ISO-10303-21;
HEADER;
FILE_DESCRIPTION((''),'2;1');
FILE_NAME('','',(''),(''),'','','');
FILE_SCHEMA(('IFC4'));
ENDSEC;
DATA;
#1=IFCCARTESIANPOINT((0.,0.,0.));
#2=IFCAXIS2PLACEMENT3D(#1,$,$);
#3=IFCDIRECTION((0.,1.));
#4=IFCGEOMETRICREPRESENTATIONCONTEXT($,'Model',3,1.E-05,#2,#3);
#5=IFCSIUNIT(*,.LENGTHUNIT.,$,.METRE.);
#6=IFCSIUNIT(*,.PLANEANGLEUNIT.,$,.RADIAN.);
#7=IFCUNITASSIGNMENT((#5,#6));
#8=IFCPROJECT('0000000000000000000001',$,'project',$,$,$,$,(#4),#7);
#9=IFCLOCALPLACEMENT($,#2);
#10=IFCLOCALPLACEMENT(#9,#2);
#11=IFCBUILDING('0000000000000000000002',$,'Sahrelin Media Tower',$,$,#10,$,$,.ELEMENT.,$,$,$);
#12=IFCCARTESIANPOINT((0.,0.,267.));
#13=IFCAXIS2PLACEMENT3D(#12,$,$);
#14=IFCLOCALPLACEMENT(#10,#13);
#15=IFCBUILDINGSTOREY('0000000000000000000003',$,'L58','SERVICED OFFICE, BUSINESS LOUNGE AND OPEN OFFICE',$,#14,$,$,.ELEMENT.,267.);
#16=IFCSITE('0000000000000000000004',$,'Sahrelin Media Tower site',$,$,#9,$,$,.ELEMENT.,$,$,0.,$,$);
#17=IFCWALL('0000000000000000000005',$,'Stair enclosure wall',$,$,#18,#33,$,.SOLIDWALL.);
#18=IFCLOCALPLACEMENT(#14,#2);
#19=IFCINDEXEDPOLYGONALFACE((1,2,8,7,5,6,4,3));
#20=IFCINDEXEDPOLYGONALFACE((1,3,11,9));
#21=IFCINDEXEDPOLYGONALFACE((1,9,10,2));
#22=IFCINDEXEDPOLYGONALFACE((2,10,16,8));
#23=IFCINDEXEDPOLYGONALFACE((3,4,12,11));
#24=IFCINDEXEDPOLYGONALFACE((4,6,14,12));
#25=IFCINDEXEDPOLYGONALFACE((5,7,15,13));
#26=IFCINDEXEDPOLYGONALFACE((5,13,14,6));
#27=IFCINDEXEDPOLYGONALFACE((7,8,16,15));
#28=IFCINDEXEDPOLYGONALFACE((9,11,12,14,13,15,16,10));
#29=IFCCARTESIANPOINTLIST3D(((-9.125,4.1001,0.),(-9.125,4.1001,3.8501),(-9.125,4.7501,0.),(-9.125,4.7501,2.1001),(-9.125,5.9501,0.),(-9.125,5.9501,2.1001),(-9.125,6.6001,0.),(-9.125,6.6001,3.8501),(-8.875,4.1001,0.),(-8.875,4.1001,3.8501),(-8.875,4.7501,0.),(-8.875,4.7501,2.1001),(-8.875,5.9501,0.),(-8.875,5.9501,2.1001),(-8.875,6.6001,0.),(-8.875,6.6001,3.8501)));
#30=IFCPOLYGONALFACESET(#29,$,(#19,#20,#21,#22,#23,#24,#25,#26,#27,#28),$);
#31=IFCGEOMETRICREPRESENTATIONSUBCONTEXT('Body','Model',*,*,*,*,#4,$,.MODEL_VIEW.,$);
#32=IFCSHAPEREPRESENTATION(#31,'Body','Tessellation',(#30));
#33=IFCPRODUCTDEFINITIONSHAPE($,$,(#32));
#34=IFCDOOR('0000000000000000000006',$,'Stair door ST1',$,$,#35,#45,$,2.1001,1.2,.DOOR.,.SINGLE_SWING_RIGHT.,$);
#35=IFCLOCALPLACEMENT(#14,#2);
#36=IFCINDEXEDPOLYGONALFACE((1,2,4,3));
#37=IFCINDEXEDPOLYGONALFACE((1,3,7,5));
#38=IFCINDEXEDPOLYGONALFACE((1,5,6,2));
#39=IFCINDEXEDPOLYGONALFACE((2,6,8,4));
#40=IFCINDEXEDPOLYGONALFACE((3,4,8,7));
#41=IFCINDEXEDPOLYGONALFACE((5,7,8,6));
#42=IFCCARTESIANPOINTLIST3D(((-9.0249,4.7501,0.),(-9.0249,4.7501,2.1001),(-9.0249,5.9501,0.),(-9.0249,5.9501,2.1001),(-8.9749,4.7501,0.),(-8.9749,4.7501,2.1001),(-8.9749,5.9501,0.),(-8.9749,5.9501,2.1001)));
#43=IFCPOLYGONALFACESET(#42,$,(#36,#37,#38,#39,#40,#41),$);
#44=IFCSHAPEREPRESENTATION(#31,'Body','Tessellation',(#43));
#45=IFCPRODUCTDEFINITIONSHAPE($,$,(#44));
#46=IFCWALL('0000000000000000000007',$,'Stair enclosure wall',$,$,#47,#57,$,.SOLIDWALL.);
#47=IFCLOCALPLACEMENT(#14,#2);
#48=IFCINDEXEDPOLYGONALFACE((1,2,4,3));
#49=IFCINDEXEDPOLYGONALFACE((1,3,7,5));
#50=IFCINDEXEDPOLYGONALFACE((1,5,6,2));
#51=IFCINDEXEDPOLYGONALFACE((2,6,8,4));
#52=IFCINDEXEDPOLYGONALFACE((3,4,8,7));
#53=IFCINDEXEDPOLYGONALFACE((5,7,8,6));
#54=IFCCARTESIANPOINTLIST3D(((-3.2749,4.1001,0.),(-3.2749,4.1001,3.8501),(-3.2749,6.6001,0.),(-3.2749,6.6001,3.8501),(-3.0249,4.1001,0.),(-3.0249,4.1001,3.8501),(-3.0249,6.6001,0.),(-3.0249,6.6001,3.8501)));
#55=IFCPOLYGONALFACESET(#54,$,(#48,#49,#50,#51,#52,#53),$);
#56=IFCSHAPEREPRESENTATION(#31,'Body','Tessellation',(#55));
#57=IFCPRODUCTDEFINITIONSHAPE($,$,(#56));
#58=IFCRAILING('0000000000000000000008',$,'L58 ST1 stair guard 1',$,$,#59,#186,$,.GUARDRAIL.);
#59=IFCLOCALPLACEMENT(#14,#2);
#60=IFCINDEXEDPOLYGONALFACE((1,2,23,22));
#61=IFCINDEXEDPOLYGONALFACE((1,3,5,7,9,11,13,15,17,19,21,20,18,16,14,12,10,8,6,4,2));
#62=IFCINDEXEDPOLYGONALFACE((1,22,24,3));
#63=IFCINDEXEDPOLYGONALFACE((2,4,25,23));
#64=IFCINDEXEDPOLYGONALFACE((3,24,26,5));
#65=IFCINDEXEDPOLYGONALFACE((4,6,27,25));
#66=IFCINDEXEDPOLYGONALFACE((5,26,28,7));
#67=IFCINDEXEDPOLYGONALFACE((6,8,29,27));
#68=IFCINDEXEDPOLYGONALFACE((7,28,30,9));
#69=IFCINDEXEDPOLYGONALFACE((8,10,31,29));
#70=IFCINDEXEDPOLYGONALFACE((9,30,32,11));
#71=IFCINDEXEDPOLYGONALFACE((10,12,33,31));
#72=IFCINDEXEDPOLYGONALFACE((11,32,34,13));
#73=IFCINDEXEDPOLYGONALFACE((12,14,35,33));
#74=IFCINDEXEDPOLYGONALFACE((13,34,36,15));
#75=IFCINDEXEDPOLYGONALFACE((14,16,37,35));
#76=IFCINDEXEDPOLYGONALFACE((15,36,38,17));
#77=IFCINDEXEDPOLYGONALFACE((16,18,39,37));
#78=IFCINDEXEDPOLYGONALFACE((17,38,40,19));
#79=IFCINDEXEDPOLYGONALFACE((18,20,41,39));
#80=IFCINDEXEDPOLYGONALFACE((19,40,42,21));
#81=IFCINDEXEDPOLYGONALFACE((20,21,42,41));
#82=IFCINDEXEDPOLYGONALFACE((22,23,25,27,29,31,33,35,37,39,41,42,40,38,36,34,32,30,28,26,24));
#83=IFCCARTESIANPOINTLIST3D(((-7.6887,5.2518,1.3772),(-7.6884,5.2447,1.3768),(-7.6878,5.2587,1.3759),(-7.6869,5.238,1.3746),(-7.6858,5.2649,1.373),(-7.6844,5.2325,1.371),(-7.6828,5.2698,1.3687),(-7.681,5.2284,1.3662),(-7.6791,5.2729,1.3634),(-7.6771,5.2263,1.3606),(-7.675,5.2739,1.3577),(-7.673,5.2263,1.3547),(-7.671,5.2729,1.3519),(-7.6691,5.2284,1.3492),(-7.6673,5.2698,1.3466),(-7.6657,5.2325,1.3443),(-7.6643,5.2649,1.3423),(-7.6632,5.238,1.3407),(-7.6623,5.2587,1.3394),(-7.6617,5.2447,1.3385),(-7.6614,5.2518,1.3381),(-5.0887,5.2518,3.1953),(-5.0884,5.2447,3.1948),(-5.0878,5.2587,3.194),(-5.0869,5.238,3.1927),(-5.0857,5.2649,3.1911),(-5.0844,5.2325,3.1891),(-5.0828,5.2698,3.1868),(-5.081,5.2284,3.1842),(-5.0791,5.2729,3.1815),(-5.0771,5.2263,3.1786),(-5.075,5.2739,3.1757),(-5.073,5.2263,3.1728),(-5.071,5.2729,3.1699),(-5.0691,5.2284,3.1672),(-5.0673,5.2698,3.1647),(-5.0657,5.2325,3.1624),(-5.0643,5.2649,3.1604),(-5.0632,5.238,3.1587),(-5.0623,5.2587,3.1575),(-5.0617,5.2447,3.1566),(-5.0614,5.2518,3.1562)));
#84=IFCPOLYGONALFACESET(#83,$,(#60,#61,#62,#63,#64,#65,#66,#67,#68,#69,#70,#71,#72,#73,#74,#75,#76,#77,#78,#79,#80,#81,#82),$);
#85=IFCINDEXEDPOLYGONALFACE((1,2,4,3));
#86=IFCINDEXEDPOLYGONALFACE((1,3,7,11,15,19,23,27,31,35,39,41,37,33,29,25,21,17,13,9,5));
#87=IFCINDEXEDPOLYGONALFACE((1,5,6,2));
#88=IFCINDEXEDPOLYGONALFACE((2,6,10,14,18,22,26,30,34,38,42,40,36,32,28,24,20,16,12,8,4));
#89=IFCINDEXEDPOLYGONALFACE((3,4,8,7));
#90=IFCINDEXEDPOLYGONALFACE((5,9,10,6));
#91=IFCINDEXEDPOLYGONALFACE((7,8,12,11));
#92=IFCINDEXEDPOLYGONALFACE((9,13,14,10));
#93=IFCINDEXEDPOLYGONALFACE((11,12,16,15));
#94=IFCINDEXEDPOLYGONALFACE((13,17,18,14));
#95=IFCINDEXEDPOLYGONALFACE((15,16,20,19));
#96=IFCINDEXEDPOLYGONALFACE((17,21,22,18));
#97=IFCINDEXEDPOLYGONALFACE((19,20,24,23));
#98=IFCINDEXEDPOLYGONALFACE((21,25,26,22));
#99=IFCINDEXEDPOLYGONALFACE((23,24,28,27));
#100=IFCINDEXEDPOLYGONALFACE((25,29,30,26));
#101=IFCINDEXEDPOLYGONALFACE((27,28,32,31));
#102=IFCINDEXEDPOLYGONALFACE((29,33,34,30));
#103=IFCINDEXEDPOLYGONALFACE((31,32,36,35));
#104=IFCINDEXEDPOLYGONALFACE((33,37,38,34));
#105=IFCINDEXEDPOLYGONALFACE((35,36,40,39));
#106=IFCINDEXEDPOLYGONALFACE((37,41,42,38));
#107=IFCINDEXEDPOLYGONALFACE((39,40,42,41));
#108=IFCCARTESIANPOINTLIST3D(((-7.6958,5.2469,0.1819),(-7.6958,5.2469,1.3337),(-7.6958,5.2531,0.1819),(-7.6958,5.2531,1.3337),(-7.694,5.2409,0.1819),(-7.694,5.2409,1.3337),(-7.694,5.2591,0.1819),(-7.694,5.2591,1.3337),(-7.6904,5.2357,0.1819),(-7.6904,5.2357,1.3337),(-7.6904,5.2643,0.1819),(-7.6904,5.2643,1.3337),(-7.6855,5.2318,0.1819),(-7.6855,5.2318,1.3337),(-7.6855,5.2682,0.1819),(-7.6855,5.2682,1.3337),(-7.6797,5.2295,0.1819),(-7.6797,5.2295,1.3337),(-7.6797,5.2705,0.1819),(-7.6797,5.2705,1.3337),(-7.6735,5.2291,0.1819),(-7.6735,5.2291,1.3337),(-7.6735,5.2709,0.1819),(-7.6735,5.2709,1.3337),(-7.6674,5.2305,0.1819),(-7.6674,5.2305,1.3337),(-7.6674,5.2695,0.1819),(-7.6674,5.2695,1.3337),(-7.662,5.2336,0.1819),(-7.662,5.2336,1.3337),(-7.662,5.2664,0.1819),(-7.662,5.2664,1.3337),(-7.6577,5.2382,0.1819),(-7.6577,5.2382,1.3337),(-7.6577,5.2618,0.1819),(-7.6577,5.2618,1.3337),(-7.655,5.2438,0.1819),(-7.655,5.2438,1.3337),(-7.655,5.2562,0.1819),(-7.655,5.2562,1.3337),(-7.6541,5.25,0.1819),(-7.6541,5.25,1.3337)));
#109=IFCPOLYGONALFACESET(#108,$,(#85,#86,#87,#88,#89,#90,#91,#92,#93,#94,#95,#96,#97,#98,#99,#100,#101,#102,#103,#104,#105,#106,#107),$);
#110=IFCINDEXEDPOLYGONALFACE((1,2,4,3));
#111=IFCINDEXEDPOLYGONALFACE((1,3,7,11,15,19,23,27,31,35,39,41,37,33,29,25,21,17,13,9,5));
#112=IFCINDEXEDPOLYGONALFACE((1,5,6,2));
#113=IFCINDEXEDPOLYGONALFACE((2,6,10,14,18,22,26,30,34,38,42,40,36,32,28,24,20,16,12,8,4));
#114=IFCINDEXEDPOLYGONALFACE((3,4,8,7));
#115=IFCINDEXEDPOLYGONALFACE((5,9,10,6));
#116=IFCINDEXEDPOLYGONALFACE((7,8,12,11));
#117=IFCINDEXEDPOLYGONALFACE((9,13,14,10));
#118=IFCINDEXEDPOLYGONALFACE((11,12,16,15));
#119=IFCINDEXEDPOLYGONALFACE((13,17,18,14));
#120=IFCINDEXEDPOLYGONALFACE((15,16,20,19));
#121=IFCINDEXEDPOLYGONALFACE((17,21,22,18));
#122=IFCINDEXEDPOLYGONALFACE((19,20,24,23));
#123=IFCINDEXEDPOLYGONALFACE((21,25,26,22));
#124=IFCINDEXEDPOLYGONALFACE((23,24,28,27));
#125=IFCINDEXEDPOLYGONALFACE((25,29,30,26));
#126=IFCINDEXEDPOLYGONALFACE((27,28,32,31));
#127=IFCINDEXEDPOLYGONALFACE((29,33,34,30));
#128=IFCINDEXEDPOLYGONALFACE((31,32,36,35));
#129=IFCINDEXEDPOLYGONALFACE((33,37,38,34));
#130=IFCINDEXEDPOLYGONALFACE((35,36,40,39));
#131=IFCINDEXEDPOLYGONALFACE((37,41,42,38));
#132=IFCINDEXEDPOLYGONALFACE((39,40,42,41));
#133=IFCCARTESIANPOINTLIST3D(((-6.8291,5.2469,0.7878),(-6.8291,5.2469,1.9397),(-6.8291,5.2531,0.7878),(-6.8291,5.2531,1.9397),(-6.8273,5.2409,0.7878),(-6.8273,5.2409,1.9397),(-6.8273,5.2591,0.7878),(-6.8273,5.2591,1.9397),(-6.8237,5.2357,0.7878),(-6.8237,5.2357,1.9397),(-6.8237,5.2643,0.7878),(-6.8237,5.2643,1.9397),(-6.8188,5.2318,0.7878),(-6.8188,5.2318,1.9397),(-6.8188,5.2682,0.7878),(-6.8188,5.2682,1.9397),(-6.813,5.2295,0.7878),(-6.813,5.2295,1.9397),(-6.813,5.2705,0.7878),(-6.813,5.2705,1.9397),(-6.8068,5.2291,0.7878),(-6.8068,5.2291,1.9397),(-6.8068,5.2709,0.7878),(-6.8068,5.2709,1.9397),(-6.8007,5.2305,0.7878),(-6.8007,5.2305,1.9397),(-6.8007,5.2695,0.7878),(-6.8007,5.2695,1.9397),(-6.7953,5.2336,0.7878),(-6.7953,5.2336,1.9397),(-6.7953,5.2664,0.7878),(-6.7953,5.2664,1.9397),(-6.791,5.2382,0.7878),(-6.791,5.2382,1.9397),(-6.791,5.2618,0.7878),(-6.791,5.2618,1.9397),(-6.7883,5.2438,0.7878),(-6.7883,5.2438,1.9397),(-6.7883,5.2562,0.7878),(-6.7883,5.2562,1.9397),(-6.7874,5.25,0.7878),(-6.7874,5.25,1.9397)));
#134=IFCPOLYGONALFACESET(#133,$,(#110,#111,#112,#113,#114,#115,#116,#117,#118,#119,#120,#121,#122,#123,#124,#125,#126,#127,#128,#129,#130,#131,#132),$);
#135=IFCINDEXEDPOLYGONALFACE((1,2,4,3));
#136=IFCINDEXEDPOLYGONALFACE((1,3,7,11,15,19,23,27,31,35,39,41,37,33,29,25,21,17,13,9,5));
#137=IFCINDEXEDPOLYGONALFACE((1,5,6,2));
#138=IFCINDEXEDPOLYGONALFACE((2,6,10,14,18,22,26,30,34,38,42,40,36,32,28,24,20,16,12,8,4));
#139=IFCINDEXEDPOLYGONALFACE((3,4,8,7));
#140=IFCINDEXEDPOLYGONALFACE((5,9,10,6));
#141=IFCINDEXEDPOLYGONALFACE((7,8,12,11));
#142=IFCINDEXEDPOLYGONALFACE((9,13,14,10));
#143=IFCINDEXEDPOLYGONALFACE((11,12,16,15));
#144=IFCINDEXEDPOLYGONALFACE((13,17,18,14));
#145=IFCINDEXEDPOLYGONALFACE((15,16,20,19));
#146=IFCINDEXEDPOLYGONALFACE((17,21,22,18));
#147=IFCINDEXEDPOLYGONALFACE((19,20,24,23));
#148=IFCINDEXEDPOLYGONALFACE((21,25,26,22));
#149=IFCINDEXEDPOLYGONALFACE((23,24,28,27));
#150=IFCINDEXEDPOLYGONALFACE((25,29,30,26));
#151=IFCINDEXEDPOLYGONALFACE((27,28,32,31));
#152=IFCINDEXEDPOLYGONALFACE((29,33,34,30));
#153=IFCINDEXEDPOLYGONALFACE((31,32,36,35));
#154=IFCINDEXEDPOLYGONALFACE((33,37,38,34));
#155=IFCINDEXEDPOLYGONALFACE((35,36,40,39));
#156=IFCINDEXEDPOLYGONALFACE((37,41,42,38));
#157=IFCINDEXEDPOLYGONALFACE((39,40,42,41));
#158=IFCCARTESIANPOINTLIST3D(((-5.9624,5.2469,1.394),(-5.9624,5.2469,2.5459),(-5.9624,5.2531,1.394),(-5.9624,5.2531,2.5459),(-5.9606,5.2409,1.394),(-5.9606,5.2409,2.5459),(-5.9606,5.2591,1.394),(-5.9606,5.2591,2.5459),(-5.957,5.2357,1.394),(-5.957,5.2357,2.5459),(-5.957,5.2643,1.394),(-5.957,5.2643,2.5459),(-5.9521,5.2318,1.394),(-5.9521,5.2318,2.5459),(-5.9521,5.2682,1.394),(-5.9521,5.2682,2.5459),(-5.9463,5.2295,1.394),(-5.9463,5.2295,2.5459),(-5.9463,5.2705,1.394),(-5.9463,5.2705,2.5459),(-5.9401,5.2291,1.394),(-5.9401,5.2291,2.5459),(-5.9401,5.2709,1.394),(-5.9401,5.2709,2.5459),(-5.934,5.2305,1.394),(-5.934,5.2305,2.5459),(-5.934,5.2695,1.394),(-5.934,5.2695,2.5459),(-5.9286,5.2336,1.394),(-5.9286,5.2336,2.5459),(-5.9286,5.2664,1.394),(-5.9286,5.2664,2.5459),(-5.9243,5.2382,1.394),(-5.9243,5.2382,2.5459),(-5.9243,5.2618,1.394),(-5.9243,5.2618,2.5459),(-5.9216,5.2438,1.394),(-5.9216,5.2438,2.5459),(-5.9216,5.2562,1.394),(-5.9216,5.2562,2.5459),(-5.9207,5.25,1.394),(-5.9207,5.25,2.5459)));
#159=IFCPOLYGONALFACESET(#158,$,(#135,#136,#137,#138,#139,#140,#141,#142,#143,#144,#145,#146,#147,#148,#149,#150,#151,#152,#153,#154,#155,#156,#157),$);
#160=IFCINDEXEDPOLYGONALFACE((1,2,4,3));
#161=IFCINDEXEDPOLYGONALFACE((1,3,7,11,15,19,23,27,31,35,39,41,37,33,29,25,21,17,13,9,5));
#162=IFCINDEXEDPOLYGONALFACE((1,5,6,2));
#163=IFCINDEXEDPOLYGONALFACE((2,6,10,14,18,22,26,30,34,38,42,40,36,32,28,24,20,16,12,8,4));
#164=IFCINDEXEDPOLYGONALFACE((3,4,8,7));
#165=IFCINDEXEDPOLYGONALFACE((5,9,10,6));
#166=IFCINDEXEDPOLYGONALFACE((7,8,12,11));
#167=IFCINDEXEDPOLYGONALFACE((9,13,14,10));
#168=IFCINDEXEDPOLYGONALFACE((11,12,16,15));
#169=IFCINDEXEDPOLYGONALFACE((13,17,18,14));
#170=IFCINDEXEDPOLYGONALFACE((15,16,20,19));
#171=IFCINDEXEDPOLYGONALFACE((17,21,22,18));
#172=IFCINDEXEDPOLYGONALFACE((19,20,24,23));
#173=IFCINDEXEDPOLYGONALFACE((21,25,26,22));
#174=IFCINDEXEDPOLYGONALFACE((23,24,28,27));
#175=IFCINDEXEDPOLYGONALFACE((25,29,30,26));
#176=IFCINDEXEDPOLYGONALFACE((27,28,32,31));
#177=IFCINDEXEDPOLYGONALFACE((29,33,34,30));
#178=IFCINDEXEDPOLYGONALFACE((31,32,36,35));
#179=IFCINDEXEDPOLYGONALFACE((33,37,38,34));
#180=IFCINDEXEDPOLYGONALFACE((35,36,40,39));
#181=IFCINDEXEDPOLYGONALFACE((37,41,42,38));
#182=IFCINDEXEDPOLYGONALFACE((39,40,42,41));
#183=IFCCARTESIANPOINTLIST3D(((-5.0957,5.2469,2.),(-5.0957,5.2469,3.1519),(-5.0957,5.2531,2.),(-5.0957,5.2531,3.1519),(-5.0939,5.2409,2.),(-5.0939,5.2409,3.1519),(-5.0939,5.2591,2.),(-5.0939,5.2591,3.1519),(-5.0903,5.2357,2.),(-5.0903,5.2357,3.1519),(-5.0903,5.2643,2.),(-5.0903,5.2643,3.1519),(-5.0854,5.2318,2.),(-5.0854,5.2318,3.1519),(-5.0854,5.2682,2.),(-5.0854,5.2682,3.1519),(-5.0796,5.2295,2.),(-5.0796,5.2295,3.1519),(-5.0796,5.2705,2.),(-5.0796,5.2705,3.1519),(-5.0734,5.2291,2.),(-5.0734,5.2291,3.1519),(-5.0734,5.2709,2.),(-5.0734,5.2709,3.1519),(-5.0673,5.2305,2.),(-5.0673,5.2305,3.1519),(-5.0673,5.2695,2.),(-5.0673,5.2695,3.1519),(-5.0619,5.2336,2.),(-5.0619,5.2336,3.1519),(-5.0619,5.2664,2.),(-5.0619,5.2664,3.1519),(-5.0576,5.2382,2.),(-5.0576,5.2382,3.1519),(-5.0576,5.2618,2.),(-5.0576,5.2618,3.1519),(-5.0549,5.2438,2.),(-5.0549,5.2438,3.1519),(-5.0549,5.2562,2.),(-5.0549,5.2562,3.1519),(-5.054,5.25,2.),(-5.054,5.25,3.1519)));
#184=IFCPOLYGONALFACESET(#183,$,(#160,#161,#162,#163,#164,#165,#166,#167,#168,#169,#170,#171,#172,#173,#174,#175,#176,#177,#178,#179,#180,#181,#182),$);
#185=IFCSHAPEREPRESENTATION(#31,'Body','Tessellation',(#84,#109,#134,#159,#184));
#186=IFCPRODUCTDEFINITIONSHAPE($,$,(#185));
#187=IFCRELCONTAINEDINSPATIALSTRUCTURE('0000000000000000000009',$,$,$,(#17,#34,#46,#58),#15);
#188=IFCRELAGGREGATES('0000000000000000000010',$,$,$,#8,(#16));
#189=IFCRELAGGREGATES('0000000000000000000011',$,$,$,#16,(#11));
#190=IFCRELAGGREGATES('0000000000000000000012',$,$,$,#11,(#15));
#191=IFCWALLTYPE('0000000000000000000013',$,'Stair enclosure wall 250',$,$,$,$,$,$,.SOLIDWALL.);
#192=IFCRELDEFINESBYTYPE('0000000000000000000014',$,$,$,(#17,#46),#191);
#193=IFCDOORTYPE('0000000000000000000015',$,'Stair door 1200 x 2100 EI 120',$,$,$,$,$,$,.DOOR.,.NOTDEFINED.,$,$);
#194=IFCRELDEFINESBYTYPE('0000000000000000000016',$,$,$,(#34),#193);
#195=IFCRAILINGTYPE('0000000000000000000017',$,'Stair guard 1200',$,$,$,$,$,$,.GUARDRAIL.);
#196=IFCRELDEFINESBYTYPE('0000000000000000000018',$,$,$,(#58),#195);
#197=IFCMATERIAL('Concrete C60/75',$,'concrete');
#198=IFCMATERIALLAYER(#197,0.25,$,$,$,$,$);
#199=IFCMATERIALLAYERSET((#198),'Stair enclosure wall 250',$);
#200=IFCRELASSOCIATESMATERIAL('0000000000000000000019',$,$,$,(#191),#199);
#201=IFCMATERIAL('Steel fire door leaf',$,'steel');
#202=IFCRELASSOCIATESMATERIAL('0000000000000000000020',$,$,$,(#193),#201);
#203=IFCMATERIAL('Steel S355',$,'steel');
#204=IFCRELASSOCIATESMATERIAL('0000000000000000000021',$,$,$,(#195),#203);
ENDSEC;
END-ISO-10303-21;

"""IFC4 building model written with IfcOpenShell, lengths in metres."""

from ifc_helpers import new_model, si_unit, direction, frame, frame_2d, origin, origin_2d, place, context, subcontext, project, spatial, rectangle, circle, extrude, material, layer, layer_set, type_object, element, fill, save


model = new_model("IFC4")

# Units and contexts
model_context = context("Model", 3, precision=1e-05, world=origin(), true_north=direction((0.0, 1.0)))
body_context = subcontext(model_context, "Body", "Model", "MODEL_VIEW")
ifc_project = project(units=[si_unit("LENGTHUNIT", "METRE"), si_unit("PLANEANGLEUNIT", "RADIAN")], contexts=[model_context])

# Site, building, storey
site_placement = place(None, origin())
site = spatial("IfcSite", under=ifc_project, at=site_placement, Name="Sahrelin Media Tower site", CompositionType="ELEMENT", RefElevation=0.0)
building_placement = place(site_placement, origin())
building = spatial("IfcBuilding", under=site, at=building_placement, Name="Sahrelin Media Tower", CompositionType="ELEMENT")
storey_placement = place(building_placement, frame((0.0, 0.0, 267.0)))
storey = spatial("IfcBuildingStorey", under=building, at=storey_placement, Name="L58", Description="SERVICED OFFICE, BUSINESS LOUNGE AND OPEN OFFICE", CompositionType="ELEMENT", Elevation=267.0)

# Shared definitions
ifc_material_1 = material(Name="Steel S355", Category="steel")

# Shared definitions
ifc_material_2 = material(Name="Concrete C60/75", Category="concrete")

# Shared definitions
ifc_material_3 = material(Name="Steel fire door leaf", Category="steel")

# Wall, opening, door
ifc_layer_1 = layer(ifc_material_2, 0.25)
ifc_layer_set_1 = layer_set([ifc_layer_1], Name="Stair enclosure wall 250")
wall_type_1 = type_object("IfcWallType", Name="Stair enclosure wall 250", PredefinedType="SOLIDWALL", material=ifc_layer_set_1)
wall_1_placement = place(storey_placement, frame((-9.0, 4.1001, 0.0), z_axis=(0.0, 0.0, 1.0), x_axis=(0.0, 1.0, 0.0)))
wall_1 = element("IfcWall", 1, at=wall_1_placement, inside=storey, type_object=wall_type_1, Name="Stair enclosure wall", PredefinedType="SOLIDWALL", context=body_context, shape_type="SweptSolid", body=[
    extrude(rectangle(XDim=2.5, YDim=0.25, at=frame_2d((1.25, 0.0))), origin(), (0.0, 0.0, 1.0), 3.8501),
])
opening_1_placement = place(wall_1_placement, frame((0.6499, 0.0, 0.0)))
opening_1 = element("IfcOpeningElement", 2, at=opening_1_placement, cuts=wall_1, PredefinedType="OPENING", context=body_context, shape_type="SweptSolid", body=[
    extrude(rectangle(XDim=1.2, YDim=2.1001, at=frame_2d((0.6001, 1.05))), frame((0.0, 0.125, 0.0), z_axis=(0.0, -1.0, 0.0), x_axis=(1.0, 0.0, 0.0)), (0.0, 0.0, 1.0), 0.25),
])
door_type_1 = type_object("IfcDoorType", Name="Stair door 1200 x 2100 EI 120", OperationType="NOTDEFINED", PredefinedType="DOOR", material=ifc_material_3)
door_1_placement = place(opening_1_placement, origin())
door_1 = element("IfcDoor", 3, at=door_1_placement, inside=storey, type_object=door_type_1, Name="Stair door ST1", OperationType="SINGLE_SWING_RIGHT", OverallHeight=2.1001, OverallWidth=1.2, PredefinedType="DOOR", context=body_context, shape_type="SweptSolid", body=[
    extrude(rectangle(XDim=1.2, YDim=2.1001, at=frame_2d((0.6001, 1.05))), frame((0.0, 0.0249, 0.0), z_axis=(0.0, -1.0, 0.0), x_axis=(1.0, 0.0, 0.0)), (0.0, 0.0, 1.0), 0.05),
])
fill(opening_1, door_1)

# Wall
wall_2_placement = place(storey_placement, frame((-3.1499, 4.1001, 0.0), z_axis=(0.0, 0.0, 1.0), x_axis=(0.0, 1.0, 0.0)))
element("IfcWall", 4, at=wall_2_placement, inside=storey, type_object=wall_type_1, Name="Stair enclosure wall", PredefinedType="SOLIDWALL", context=body_context, shape_type="SweptSolid", body=[
    extrude(rectangle(XDim=2.5, YDim=0.25, at=frame_2d((1.25, 0.0))), origin(), (0.0, 0.0, 1.0), 3.8501),
])

# Railing
railing_type_1 = type_object("IfcRailingType", Name="Stair guard 1200", PredefinedType="GUARDRAIL", material=ifc_material_1)
railing_1_placement = place(storey_placement, frame((-7.675, 5.25, 0.1819)))
element("IfcRailing", 5, at=railing_1_placement, inside=storey, type_object=railing_type_1, Name="L58 ST1 stair guard 1", PredefinedType="GUARDRAIL", context=body_context, shape_type="SweptSolid", body=[
    extrude(circle(Radius=0.0239, at=origin_2d()), frame((0.0, 0.0, 1.1758), z_axis=(0.819521, 0.0, 0.573049), x_axis=(0.0, 1.0, 0.0)), (0.0, 0.0, 1.0), 3.1726),
    extrude(circle(Radius=0.021, at=origin_2d()), origin(), (0.0, 0.0, 1.0), 1.1519),
    extrude(circle(Radius=0.021, at=origin_2d()), frame((0.8667, 0.0, 0.606)), (0.0, 0.0, 1.0), 1.1519),
    extrude(circle(Radius=0.021, at=origin_2d()), frame((1.7334, 0.0, 1.2122)), (0.0, 0.0, 1.0), 1.1519),
    extrude(circle(Radius=0.021, at=origin_2d()), frame((2.6001, 0.0, 1.8181)), (0.0, 0.0, 1.0), 1.1519),
])

save(model, "model.ifc")
